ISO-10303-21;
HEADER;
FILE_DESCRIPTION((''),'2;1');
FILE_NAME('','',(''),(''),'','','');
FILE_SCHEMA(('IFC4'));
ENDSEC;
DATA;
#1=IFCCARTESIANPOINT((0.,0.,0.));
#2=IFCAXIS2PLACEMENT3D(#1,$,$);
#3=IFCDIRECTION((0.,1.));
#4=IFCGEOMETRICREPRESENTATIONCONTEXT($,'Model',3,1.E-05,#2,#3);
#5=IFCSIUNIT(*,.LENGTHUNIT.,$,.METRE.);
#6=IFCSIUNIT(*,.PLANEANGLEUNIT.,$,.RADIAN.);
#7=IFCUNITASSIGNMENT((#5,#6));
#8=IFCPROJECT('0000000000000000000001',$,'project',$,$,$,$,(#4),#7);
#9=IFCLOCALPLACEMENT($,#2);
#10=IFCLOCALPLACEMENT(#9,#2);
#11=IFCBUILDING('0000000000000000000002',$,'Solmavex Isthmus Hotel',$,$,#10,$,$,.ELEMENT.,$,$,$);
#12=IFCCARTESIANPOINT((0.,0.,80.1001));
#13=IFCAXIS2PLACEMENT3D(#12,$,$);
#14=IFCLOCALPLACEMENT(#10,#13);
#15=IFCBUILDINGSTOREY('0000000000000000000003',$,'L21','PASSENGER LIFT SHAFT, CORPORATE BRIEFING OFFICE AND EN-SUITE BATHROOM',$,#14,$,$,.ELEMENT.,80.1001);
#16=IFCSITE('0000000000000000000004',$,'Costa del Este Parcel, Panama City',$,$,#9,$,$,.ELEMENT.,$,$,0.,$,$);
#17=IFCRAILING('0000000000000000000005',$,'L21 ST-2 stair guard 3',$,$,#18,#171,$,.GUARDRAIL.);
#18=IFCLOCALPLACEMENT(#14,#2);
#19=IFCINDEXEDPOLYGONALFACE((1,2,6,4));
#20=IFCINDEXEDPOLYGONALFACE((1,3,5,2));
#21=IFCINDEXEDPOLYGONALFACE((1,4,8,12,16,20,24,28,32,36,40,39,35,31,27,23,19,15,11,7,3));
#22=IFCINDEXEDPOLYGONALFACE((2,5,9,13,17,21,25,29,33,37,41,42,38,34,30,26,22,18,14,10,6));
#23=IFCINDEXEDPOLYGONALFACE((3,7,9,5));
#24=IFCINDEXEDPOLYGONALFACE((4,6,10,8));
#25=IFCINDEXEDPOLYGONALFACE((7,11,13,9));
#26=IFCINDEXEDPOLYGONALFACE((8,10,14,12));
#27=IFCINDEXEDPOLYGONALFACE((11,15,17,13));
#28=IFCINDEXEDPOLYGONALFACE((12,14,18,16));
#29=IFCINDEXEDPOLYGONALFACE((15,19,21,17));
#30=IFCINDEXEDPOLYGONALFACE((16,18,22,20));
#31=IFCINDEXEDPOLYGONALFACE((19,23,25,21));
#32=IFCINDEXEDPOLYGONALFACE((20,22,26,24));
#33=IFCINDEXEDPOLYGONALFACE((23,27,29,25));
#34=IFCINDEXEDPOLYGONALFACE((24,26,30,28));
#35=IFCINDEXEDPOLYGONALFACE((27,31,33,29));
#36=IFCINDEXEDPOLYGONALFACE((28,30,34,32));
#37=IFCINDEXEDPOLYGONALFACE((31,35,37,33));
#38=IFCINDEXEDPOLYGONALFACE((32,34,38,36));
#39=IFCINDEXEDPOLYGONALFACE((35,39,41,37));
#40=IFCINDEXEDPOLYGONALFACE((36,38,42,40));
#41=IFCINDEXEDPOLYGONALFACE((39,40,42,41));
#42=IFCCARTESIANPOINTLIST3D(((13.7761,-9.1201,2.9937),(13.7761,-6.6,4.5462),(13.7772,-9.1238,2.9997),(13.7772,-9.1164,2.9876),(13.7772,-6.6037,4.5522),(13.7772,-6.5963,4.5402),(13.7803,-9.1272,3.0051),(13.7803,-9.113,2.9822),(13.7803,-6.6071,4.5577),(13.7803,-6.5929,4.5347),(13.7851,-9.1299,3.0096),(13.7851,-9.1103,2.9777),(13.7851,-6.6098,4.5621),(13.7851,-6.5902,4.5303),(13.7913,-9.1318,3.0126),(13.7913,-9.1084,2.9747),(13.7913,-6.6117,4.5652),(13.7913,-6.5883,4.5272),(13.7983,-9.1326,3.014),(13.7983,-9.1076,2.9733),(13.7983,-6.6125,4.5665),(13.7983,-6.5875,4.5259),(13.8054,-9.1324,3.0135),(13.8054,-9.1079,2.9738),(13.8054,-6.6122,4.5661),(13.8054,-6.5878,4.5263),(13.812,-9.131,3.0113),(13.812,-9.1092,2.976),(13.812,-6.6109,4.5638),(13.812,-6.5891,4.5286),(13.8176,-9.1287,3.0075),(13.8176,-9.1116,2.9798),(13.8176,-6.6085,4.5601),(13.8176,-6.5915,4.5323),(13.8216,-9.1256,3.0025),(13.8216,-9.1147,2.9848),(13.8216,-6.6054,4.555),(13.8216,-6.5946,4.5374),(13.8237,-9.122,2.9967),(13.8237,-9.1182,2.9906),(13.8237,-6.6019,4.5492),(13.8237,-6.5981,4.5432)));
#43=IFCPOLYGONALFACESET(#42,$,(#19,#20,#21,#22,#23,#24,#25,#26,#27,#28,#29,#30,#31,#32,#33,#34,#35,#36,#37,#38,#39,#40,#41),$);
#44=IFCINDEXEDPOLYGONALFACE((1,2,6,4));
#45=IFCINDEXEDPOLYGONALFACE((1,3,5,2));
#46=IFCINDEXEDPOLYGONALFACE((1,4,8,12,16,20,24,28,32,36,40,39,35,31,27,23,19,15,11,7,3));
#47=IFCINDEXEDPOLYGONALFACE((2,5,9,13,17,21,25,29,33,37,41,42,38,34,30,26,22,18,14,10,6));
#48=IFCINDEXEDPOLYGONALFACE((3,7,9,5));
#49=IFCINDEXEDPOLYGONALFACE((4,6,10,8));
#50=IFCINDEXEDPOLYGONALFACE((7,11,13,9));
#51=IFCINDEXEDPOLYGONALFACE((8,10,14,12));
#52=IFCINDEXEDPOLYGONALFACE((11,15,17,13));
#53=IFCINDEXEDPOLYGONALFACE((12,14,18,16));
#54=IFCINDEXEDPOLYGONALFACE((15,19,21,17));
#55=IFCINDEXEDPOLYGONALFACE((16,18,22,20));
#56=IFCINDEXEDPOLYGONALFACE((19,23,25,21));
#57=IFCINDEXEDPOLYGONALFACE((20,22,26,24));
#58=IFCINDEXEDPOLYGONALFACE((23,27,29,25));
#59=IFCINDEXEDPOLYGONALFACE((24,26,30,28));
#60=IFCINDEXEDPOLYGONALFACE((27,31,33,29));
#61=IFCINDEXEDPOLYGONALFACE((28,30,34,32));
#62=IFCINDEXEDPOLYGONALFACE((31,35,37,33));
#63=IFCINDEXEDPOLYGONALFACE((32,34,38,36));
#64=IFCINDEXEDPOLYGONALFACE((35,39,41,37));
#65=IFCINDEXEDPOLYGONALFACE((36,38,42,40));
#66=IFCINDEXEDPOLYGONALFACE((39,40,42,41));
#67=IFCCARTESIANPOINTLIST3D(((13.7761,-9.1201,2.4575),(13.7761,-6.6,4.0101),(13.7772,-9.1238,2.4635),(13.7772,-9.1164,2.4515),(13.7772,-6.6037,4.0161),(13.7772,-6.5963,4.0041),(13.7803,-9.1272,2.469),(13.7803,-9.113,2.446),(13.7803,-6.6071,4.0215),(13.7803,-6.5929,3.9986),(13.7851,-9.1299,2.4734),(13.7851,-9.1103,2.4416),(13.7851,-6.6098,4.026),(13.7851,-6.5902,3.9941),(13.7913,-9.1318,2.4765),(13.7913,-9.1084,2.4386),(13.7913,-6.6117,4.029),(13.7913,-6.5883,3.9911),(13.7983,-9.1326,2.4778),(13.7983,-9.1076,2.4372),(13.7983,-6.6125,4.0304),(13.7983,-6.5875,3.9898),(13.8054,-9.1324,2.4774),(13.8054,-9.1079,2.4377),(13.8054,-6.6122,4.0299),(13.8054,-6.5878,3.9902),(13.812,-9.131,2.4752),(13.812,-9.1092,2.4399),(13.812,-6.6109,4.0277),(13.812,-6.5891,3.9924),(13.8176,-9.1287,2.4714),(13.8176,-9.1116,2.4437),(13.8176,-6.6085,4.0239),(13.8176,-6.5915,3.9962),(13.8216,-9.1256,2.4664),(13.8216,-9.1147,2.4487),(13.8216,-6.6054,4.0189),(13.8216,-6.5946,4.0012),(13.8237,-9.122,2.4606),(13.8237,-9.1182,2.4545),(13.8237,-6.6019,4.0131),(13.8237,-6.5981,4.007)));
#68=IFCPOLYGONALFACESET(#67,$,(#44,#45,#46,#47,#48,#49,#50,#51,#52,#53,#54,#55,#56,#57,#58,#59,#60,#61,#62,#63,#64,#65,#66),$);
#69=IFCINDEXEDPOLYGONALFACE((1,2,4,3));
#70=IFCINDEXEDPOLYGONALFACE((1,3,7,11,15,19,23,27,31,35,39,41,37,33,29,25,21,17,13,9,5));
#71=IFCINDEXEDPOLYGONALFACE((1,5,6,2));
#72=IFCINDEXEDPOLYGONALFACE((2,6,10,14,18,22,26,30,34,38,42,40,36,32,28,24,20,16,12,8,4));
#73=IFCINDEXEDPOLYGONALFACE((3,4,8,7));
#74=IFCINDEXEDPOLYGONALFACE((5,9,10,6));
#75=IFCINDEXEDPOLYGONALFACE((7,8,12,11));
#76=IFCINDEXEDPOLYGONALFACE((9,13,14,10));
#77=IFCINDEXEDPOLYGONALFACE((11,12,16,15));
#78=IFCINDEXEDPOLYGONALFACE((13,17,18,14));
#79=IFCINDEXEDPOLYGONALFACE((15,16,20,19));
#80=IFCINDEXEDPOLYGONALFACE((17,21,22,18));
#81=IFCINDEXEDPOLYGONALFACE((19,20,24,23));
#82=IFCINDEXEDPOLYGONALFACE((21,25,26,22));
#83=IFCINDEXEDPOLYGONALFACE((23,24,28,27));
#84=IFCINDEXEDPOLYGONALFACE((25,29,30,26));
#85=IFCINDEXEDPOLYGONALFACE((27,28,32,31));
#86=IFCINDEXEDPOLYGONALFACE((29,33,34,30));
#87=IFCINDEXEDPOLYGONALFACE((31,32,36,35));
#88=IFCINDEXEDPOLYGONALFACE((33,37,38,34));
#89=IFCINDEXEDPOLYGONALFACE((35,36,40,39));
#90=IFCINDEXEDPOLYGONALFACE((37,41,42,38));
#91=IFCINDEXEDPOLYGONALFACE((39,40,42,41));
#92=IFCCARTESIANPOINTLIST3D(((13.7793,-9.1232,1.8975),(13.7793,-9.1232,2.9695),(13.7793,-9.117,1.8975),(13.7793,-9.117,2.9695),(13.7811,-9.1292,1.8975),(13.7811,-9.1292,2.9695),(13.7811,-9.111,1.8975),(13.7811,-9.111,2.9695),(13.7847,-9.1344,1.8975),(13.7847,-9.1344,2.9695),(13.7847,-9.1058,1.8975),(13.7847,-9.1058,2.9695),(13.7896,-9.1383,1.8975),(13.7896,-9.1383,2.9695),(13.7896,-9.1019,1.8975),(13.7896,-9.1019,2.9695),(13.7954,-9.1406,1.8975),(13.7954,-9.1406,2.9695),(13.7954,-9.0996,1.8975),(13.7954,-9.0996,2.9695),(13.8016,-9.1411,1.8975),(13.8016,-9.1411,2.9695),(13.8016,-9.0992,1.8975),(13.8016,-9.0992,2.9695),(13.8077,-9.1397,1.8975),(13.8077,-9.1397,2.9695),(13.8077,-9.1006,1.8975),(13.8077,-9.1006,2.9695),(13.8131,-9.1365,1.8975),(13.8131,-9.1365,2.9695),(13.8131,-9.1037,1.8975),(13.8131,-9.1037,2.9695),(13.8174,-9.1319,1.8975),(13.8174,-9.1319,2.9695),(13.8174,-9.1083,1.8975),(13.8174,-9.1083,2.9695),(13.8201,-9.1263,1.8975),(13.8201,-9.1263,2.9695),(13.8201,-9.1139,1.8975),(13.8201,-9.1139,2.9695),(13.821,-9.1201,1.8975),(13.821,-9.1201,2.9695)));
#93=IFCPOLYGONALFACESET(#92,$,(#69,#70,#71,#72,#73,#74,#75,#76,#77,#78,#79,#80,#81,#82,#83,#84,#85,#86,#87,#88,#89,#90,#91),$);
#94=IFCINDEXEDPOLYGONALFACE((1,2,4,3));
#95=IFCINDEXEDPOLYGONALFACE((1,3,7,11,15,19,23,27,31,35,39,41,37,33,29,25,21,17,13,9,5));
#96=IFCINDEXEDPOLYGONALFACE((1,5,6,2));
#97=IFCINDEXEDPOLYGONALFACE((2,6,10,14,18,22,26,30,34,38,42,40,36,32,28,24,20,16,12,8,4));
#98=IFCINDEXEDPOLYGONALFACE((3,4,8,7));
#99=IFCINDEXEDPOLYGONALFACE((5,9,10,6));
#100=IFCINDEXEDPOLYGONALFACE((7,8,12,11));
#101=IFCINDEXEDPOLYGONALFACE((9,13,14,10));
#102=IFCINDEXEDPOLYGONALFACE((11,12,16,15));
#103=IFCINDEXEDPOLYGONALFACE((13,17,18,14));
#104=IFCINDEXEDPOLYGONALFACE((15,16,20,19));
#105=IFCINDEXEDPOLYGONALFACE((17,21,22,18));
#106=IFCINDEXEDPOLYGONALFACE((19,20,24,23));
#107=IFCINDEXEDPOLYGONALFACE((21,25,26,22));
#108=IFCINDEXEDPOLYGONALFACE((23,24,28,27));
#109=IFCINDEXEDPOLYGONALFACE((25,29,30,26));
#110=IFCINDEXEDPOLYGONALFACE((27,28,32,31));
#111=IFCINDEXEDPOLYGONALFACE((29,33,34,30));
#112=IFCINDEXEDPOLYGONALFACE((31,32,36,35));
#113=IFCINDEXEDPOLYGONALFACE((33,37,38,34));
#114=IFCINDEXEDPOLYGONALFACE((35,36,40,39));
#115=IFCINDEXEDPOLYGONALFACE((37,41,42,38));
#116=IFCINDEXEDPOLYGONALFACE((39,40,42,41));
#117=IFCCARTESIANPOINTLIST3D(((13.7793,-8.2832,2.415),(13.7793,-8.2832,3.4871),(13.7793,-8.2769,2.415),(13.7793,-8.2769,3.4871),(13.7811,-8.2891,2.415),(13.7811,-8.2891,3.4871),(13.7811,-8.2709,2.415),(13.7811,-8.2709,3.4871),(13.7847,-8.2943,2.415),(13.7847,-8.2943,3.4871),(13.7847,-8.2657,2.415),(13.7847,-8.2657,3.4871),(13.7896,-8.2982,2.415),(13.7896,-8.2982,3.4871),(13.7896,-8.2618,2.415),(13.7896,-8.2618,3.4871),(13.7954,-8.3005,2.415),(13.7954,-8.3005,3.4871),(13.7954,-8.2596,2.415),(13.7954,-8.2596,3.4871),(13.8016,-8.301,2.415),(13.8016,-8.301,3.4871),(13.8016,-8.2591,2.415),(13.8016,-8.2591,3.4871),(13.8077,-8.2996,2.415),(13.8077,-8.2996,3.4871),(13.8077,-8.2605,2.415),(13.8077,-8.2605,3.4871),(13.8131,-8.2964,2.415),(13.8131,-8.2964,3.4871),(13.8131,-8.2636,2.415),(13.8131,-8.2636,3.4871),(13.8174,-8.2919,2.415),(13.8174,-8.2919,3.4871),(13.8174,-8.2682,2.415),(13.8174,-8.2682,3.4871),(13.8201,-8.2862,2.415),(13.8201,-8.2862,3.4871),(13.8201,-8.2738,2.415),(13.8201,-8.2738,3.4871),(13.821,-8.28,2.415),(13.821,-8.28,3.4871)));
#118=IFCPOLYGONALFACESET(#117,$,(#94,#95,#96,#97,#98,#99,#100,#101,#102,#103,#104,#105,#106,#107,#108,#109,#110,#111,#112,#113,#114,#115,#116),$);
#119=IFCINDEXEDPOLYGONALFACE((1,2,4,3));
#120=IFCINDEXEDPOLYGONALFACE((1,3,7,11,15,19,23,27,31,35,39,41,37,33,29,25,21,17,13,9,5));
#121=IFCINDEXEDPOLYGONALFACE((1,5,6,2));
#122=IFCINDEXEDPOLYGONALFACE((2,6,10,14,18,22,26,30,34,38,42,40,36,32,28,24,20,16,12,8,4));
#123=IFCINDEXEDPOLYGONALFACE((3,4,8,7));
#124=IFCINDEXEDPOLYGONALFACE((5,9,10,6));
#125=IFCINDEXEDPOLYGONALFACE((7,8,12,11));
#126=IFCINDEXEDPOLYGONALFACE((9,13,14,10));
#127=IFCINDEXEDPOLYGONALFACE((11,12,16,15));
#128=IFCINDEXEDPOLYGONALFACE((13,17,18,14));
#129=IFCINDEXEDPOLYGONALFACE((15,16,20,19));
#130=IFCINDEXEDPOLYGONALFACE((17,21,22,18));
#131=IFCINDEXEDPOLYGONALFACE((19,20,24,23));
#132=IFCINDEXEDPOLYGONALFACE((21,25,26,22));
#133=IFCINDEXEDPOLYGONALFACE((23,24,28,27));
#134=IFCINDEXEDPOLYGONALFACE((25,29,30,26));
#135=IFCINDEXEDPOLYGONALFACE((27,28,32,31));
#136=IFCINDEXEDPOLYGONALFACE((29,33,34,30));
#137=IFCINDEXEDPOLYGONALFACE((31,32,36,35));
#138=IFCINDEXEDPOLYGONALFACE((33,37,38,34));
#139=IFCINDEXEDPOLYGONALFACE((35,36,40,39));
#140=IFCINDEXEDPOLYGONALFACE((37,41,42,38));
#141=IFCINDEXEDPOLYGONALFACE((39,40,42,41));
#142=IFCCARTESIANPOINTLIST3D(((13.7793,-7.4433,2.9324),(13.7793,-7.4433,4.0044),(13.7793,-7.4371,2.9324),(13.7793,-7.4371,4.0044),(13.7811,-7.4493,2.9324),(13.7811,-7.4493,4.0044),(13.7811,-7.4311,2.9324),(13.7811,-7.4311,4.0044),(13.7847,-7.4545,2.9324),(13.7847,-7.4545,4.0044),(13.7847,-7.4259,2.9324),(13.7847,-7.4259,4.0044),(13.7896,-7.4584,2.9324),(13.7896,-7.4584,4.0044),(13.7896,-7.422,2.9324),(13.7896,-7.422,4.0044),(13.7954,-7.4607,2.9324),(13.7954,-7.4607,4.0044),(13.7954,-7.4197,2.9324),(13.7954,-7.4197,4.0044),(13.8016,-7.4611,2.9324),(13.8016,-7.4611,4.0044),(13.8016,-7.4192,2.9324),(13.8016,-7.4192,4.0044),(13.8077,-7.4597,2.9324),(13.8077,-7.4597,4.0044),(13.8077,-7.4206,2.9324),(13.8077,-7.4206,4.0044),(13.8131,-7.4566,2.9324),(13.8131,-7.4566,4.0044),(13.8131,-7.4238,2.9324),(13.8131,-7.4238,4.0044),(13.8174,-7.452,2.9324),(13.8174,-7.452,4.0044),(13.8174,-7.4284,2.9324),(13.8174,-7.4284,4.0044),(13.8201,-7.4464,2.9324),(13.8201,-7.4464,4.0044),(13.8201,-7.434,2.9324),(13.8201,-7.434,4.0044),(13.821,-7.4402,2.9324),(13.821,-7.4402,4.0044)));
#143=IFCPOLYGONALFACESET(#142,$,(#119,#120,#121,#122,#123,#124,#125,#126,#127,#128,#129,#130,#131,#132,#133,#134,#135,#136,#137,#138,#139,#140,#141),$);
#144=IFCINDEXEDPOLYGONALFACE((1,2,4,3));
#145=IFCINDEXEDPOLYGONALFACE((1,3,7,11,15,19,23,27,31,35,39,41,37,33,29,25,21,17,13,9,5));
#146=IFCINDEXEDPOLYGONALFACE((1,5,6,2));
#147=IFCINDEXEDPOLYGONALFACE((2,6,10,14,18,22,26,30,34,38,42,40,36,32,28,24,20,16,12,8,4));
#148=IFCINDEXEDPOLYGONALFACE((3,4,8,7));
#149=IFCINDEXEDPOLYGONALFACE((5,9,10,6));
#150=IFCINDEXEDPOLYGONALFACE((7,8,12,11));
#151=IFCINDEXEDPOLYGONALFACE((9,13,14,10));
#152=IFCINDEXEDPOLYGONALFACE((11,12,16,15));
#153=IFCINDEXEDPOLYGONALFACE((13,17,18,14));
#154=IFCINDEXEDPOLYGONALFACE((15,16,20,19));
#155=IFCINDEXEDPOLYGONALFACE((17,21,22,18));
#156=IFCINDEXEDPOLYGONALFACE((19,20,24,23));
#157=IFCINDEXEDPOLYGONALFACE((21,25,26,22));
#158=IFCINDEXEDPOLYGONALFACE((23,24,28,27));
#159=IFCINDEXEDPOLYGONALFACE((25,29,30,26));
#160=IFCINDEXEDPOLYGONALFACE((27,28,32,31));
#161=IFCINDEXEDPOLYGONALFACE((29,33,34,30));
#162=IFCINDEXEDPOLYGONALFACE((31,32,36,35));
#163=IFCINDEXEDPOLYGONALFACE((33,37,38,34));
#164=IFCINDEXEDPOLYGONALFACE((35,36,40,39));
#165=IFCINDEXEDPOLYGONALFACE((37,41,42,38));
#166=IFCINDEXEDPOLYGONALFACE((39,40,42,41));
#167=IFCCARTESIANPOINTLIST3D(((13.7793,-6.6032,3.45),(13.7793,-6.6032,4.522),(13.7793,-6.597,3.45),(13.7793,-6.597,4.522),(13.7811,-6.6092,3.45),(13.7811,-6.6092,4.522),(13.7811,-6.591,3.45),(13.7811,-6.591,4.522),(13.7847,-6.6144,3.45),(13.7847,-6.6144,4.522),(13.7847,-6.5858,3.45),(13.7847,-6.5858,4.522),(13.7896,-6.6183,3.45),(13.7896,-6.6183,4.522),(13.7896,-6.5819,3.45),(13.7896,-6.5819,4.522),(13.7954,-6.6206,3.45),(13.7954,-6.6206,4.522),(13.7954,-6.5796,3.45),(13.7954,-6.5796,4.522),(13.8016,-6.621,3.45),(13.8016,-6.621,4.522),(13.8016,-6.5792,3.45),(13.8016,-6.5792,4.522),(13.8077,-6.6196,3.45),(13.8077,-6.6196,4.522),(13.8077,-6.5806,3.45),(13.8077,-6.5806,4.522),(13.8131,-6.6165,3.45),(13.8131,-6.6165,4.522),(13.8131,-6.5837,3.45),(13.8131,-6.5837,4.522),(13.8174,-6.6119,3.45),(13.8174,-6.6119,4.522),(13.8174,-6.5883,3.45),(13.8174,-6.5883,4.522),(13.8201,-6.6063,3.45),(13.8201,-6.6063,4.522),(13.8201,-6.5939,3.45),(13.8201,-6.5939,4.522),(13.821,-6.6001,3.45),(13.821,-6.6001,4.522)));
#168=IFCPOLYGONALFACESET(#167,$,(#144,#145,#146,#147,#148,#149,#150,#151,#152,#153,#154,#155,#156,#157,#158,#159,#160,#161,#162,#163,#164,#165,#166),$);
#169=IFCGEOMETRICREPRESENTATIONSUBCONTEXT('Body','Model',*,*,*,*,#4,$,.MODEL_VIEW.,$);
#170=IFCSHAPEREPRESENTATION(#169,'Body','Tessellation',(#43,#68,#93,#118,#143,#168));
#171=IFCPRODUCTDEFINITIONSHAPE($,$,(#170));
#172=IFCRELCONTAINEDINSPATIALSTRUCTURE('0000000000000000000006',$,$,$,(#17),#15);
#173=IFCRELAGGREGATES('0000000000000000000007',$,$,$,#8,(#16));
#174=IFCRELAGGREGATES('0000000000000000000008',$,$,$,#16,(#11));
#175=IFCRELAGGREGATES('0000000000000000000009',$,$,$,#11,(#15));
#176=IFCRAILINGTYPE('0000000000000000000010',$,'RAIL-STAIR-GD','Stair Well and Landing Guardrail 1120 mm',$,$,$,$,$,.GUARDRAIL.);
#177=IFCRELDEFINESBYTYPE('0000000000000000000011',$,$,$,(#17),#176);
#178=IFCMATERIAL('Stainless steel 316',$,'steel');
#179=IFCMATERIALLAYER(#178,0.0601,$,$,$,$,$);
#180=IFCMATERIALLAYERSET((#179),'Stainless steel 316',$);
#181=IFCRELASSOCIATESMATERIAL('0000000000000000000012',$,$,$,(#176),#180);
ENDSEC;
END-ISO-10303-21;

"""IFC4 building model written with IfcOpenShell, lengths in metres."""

from ifc_helpers import new_model, si_unit, direction, frame, origin, origin_2d, place, context, subcontext, project, spatial, circle, extrude, material, layer, layer_set, type_object, element, save


model = new_model("IFC4")

# Units and contexts
model_context = context("Model", 3, precision=1e-05, world=origin(), true_north=direction((0.0, 1.0)))
body_context = subcontext(model_context, "Body", "Model", "MODEL_VIEW")
ifc_project = project(units=[si_unit("LENGTHUNIT", "METRE"), si_unit("PLANEANGLEUNIT", "RADIAN")], contexts=[model_context])

# Site, building, storey
site_placement = place(None, origin())
site = spatial("IfcSite", under=ifc_project, at=site_placement, Name="Costa del Este Parcel, Panama City", CompositionType="ELEMENT", RefElevation=0.0)
building_placement = place(site_placement, origin())
building = spatial("IfcBuilding", under=site, at=building_placement, Name="Solmavex Isthmus Hotel", CompositionType="ELEMENT")
storey_placement = place(building_placement, frame((0.0, 0.0, 80.1001)))
storey = spatial("IfcBuildingStorey", under=building, at=storey_placement, Name="L21", Description="PASSENGER LIFT SHAFT, CORPORATE BRIEFING OFFICE AND EN-SUITE BATHROOM", CompositionType="ELEMENT", Elevation=80.1001)

# Railing
ifc_material_1 = material(Name="Stainless steel 316", Category="steel")
ifc_layer_1 = layer(ifc_material_1, 0.0601)
ifc_layer_set_1 = layer_set([ifc_layer_1], Name="Stainless steel 316")
railing_type_1 = type_object("IfcRailingType", Name="RAIL-STAIR-GD", Description="Stair Well and Landing Guardrail 1120 mm", PredefinedType="GUARDRAIL", material=ifc_layer_set_1)
railing_1_placement = place(storey_placement, frame((13.8, -9.1201, 1.8975)))
element("IfcRailing", 1, at=railing_1_placement, inside=storey, type_object=railing_type_1, Name="L21 ST-2 stair guard 3", PredefinedType="GUARDRAIL", context=body_context, shape_type="SweptSolid", body=[
    extrude(circle(Radius=0.0239, at=origin_2d()), frame((0.0, 0.0, 1.0962), z_axis=(0.0, 0.8514, 0.524516), x_axis=(-1.0, 0.0, 0.0)), (0.0, 0.0, 1.0), 2.96),
    extrude(circle(Radius=0.0239, at=origin_2d()), frame((0.0, 0.0, 0.5601), z_axis=(0.0, 0.8514, 0.524516), x_axis=(-1.0, 0.0, 0.0)), (0.0, 0.0, 1.0), 2.96),
    extrude(circle(Radius=0.021, at=origin_2d()), origin(), (0.0, 0.0, 1.0), 1.072),
    extrude(circle(Radius=0.021, at=origin_2d()), frame((0.0, 0.8401, 0.5176)), (0.0, 0.0, 1.0), 1.072),
    extrude(circle(Radius=0.021, at=origin_2d()), frame((0.0, 1.6799, 1.0349)), (0.0, 0.0, 1.0), 1.072),
    extrude(circle(Radius=0.021, at=origin_2d()), frame((0.0, 2.52, 1.5525)), (0.0, 0.0, 1.0), 1.072),
])

save(model, "model.ifc")
